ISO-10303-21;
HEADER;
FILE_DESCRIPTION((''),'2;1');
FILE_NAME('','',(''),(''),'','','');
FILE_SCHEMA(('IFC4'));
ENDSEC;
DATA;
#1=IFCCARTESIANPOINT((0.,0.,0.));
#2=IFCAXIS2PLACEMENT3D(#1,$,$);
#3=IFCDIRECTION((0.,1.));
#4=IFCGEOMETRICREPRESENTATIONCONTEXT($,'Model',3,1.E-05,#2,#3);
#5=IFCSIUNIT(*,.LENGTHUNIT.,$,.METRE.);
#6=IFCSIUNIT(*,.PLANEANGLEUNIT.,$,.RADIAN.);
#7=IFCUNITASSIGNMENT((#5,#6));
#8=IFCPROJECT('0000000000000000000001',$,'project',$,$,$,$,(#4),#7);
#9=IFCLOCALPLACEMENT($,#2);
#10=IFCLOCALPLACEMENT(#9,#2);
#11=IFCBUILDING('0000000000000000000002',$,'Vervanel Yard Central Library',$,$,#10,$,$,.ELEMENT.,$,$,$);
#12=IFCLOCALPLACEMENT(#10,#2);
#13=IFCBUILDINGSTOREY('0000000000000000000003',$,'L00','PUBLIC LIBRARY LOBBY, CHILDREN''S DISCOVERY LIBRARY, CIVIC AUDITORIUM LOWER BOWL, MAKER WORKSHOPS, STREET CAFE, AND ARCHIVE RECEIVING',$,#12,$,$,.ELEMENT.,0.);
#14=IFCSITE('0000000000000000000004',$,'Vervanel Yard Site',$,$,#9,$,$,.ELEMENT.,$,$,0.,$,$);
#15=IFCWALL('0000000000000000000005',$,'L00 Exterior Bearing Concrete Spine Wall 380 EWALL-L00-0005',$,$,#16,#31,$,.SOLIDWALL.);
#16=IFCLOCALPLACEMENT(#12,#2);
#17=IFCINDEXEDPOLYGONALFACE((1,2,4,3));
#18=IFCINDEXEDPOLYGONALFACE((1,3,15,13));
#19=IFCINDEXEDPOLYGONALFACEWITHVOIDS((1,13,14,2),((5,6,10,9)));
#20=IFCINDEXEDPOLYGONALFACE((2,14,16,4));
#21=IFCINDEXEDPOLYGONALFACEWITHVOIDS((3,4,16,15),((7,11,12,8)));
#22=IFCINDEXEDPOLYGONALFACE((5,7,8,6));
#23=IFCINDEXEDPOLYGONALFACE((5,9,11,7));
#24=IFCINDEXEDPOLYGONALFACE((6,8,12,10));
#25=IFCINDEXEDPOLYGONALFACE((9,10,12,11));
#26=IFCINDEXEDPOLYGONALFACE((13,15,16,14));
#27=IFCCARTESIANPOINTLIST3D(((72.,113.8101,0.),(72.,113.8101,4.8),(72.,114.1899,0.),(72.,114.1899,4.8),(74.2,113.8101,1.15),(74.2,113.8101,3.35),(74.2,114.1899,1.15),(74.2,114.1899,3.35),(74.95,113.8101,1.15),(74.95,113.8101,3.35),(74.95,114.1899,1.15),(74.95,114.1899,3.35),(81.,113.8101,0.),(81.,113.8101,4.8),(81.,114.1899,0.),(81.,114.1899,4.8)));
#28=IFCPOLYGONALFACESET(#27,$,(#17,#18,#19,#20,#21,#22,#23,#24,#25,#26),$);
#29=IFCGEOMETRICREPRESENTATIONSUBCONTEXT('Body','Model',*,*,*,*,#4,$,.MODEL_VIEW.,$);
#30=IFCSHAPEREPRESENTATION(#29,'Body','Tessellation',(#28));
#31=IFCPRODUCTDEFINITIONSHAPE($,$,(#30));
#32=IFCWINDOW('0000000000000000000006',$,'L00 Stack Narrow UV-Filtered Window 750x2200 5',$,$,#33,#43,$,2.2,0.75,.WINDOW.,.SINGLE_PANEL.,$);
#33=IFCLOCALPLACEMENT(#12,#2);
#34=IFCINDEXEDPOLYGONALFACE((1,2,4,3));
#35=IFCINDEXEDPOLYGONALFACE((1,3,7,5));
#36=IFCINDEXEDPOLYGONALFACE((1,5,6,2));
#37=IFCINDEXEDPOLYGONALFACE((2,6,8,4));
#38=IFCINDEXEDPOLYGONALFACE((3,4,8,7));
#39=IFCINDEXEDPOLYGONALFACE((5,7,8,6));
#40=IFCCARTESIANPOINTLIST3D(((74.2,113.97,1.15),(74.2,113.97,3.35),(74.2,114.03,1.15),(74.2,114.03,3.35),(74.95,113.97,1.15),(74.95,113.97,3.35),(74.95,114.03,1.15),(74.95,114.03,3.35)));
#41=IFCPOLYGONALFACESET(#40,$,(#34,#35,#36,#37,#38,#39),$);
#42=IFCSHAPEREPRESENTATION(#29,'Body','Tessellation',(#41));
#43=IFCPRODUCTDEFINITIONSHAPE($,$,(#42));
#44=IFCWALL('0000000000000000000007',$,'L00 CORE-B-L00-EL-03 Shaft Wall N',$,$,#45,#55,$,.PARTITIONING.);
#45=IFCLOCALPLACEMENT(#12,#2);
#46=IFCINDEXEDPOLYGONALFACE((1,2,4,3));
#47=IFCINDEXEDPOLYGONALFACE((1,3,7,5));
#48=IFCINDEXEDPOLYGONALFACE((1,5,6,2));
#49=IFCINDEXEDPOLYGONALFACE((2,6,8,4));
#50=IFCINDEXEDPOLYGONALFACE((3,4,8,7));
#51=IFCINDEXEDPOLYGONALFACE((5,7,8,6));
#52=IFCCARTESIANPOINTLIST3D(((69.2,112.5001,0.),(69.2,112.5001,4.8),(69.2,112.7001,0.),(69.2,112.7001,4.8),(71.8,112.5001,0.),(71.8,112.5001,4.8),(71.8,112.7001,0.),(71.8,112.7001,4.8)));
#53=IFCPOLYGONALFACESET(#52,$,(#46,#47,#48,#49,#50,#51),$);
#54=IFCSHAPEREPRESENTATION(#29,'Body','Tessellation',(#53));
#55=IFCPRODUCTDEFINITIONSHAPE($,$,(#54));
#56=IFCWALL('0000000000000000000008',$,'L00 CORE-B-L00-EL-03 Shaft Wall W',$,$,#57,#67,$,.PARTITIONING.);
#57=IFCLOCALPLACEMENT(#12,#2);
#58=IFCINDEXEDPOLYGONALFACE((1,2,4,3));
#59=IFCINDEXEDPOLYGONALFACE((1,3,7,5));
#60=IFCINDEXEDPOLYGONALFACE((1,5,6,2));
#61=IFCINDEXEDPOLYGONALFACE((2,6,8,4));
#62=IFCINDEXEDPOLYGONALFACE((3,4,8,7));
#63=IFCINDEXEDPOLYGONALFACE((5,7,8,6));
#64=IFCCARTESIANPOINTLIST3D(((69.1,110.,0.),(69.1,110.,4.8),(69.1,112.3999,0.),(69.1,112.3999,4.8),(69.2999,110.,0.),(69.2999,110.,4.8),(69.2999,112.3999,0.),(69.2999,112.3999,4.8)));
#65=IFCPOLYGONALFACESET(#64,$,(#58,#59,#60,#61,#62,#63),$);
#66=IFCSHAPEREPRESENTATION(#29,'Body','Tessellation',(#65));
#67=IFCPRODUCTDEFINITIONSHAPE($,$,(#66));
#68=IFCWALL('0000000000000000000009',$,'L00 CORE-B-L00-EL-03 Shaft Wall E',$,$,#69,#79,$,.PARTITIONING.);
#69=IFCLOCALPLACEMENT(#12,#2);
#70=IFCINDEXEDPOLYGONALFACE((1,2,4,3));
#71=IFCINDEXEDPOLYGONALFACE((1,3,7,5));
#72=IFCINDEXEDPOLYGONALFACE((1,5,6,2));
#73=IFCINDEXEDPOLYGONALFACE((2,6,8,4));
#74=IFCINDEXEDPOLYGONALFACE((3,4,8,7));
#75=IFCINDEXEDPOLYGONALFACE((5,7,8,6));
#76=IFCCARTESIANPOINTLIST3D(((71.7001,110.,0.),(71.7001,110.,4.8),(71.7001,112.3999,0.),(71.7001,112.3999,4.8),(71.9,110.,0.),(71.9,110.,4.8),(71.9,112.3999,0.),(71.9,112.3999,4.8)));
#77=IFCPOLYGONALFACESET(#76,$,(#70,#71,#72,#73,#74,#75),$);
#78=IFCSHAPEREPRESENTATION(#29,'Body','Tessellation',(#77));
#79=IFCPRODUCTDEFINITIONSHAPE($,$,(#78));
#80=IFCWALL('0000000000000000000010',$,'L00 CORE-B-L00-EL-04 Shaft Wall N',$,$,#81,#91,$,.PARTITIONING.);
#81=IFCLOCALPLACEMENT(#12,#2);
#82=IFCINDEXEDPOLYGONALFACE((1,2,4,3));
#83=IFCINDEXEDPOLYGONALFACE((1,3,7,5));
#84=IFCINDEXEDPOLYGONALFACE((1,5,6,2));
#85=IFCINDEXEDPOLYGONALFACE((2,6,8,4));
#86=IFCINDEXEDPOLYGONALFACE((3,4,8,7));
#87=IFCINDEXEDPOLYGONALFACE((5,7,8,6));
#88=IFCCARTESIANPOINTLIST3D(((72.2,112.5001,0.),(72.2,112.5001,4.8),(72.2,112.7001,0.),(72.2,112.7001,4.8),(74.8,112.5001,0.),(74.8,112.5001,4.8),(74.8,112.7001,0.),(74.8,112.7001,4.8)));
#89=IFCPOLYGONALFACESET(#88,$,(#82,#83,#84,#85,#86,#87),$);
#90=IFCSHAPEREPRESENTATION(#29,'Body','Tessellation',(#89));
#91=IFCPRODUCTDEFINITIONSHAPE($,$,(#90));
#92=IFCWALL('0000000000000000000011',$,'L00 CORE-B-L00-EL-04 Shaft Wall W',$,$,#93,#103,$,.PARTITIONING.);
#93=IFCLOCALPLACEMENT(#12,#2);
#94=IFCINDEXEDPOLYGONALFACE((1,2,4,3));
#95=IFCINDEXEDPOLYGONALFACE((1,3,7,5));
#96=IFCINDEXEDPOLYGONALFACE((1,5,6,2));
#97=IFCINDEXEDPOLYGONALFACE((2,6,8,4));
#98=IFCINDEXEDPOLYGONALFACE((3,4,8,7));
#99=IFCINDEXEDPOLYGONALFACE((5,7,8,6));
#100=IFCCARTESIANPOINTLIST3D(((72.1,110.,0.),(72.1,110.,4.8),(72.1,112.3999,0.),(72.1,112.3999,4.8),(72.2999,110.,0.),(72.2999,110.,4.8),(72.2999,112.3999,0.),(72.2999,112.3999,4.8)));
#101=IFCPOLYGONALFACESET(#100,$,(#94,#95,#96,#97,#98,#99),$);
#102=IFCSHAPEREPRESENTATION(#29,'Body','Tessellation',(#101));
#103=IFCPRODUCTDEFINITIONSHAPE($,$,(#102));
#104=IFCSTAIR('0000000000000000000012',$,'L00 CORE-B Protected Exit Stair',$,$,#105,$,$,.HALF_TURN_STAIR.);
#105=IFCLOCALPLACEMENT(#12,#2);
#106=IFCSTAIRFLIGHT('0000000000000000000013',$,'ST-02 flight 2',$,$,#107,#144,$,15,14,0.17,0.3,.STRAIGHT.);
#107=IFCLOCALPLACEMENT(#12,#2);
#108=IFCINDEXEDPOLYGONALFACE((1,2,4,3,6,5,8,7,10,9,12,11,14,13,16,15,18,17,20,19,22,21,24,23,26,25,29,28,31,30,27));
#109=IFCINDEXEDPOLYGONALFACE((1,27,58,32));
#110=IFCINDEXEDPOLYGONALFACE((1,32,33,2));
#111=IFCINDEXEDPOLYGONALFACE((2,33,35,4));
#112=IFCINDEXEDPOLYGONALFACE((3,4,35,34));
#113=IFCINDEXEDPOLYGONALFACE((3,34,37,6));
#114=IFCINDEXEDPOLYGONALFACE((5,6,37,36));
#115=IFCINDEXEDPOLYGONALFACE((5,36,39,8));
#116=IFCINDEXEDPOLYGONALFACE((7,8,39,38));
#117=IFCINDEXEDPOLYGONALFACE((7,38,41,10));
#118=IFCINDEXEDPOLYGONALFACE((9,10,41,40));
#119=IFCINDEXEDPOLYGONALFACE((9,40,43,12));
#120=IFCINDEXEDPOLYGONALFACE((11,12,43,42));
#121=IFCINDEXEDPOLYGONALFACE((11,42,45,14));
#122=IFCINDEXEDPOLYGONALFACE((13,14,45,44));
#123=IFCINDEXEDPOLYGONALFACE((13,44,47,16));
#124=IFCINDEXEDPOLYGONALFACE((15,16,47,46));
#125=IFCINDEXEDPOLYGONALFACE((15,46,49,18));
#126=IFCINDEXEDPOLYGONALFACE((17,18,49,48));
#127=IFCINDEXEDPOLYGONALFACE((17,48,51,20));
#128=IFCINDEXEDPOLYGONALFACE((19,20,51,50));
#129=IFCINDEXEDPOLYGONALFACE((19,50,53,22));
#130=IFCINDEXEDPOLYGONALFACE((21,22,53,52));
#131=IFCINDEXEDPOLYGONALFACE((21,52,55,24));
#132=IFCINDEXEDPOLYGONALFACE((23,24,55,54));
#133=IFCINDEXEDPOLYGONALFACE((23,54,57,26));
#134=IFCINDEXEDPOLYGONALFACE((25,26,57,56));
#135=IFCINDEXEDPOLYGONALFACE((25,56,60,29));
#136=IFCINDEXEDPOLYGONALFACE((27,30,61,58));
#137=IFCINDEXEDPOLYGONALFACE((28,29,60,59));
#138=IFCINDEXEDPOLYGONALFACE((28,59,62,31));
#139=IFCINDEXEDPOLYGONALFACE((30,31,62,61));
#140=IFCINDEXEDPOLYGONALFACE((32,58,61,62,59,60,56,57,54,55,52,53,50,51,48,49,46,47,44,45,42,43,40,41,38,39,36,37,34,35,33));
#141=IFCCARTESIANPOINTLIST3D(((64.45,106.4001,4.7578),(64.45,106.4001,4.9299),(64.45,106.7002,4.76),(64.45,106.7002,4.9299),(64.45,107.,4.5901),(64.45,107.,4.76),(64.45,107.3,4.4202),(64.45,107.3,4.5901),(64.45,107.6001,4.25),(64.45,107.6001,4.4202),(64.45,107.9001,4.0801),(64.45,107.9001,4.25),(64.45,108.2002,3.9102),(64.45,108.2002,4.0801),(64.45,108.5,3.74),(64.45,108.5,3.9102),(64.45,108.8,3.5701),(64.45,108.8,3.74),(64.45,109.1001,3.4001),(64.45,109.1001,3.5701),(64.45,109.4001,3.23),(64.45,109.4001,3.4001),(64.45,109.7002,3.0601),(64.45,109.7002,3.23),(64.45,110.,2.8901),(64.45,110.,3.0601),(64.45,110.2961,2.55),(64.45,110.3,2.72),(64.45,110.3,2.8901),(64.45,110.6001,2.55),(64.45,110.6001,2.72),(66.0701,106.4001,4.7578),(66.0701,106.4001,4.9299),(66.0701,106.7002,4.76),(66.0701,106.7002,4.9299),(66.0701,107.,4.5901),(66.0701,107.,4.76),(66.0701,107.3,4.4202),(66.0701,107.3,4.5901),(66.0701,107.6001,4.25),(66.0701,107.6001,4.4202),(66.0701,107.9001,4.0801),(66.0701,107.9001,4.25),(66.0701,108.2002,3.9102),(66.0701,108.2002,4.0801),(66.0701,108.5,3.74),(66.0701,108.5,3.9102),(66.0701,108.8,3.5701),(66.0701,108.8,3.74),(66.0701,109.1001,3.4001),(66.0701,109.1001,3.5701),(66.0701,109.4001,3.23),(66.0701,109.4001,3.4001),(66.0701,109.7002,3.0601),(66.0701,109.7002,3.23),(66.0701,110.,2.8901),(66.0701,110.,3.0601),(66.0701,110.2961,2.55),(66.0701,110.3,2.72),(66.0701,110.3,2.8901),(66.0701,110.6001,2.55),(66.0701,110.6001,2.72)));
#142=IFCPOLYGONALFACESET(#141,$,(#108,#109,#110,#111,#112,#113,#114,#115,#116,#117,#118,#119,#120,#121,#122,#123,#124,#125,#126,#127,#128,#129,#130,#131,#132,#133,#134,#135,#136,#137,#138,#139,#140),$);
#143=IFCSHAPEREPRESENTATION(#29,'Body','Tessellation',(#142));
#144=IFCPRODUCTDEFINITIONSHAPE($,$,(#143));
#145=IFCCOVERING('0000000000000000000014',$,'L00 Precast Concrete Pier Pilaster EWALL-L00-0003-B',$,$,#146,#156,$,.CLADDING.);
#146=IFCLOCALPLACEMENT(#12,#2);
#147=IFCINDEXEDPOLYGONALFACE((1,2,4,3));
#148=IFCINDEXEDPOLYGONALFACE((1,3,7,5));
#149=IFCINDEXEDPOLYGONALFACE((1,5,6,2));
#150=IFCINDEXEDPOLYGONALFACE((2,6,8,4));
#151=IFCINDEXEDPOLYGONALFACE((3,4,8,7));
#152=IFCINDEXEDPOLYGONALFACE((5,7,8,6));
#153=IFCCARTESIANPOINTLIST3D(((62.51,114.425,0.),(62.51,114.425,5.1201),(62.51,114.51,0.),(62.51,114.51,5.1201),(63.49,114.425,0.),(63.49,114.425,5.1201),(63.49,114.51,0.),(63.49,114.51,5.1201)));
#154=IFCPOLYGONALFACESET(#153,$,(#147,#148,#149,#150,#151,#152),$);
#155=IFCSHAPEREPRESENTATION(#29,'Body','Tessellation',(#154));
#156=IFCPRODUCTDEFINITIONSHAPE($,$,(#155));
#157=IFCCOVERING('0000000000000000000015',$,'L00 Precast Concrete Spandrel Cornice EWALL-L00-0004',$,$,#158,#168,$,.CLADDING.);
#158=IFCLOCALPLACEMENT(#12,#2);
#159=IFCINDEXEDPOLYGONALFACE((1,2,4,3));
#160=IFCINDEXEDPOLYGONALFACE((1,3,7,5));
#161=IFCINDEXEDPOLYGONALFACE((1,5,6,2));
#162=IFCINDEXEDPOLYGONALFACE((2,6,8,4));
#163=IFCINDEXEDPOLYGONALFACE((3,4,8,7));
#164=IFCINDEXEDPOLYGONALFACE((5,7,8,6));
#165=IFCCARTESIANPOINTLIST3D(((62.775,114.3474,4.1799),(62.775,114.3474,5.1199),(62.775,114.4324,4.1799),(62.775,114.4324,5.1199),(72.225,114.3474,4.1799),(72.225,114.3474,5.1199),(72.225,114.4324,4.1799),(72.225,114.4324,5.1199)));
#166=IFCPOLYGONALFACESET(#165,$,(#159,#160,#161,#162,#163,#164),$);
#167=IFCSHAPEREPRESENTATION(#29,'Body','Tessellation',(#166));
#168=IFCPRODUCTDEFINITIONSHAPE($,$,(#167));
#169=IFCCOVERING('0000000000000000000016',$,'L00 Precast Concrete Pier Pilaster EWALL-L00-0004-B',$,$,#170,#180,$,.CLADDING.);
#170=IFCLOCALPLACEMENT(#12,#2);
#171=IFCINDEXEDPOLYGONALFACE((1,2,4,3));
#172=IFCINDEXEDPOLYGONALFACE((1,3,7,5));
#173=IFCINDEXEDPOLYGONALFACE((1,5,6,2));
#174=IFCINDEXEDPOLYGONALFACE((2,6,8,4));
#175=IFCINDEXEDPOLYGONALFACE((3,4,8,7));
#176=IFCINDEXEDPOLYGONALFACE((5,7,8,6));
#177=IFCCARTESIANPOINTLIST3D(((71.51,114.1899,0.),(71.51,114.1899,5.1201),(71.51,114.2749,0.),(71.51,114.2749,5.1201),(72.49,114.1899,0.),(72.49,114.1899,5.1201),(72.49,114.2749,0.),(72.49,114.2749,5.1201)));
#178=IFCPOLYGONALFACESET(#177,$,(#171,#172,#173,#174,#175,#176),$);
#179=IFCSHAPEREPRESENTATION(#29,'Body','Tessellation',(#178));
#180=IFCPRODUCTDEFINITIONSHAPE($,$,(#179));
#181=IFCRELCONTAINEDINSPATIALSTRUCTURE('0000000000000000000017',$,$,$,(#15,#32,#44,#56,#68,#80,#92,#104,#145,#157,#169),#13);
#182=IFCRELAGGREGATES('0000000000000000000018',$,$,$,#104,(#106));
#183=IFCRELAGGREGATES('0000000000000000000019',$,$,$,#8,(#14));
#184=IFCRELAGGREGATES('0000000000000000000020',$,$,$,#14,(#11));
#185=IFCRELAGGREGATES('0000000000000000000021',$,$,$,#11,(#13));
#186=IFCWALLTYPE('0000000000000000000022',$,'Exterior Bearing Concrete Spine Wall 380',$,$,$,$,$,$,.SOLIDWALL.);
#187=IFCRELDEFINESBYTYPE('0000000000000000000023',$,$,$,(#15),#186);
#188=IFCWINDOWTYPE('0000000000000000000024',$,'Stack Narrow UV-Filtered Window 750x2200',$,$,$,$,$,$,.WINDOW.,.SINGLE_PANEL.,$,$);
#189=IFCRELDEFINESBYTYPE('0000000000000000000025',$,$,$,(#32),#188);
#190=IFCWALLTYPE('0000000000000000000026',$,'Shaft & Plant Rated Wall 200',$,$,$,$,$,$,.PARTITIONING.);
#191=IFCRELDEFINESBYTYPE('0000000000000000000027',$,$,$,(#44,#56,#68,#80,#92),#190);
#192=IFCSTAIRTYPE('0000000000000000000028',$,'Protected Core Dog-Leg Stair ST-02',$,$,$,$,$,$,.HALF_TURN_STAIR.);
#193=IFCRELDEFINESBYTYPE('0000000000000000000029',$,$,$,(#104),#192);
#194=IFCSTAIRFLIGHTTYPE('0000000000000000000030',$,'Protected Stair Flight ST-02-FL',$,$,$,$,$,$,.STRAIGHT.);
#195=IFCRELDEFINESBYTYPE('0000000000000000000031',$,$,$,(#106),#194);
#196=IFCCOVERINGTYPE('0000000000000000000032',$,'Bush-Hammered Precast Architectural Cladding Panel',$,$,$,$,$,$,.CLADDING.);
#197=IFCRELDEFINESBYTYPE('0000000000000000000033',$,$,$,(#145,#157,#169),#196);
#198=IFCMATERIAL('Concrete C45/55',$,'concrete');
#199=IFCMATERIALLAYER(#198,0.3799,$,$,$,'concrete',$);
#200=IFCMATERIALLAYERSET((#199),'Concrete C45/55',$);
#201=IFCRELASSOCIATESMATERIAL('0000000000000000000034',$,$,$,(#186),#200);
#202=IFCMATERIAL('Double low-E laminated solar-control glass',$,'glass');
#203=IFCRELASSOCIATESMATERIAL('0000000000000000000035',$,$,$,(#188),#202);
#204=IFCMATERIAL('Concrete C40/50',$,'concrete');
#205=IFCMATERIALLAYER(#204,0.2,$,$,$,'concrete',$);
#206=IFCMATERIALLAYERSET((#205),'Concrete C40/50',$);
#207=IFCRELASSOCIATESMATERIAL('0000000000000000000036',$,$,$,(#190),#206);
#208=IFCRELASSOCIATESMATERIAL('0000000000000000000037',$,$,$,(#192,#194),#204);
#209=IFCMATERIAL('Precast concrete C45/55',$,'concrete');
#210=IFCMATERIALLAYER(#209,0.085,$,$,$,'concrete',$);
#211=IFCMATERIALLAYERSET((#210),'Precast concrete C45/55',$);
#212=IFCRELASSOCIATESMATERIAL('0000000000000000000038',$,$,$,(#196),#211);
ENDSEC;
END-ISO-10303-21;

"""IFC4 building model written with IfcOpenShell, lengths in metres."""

from ifc_helpers import new_model, si_unit, direction, frame, frame_2d, origin, origin_2d, place, context, subcontext, project, spatial, polyline, rectangle, outline, extrude, material, layer, layer_set, type_object, element, fill, aggregate, save


model = new_model("IFC4")

# Units and contexts
model_context = context("Model", 3, precision=1e-05, world=origin(), true_north=direction((0.0, 1.0)))
body_context = subcontext(model_context, "Body", "Model", "MODEL_VIEW")
ifc_project = project(units=[si_unit("LENGTHUNIT", "METRE"), si_unit("PLANEANGLEUNIT", "RADIAN")], contexts=[model_context])

# Site, building, storey
site_placement = place(None, origin())
site = spatial("IfcSite", under=ifc_project, at=site_placement, Name="Vervanel Yard Site", CompositionType="ELEMENT", RefElevation=0.0)
building_placement = place(site_placement, origin())
building = spatial("IfcBuilding", under=site, at=building_placement, Name="Vervanel Yard Central Library", CompositionType="ELEMENT")
storey_placement = place(building_placement, origin())
storey = spatial("IfcBuildingStorey", under=building, at=storey_placement, Name="L00", Description="PUBLIC LIBRARY LOBBY, CHILDREN'S DISCOVERY LIBRARY, CIVIC AUDITORIUM LOWER BOWL, MAKER WORKSHOPS, STREET CAFE, AND ARCHIVE RECEIVING", CompositionType="ELEMENT", Elevation=0.0)

# Shared definitions
ifc_material_1 = material(Name="Concrete C40/50", Category="concrete")

# Shared definitions
ifc_material_2 = material(Name="Concrete C45/55", Category="concrete")
ifc_layer_1 = layer(ifc_material_2, 0.3799, Category="concrete")
ifc_layer_set_1 = layer_set([ifc_layer_1], Name="Concrete C45/55")
wall_type_1 = type_object("IfcWallType", Name="Exterior Bearing Concrete Spine Wall 380", PredefinedType="SOLIDWALL", material=ifc_layer_set_1)

# Wall, opening, window
wall_1_placement = place(storey_placement, frame((72.0, 114.0, 0.0), z_axis=(0.0, 0.0, 1.0), x_axis=(1.0, 0.0, 0.0)))
wall_1 = element("IfcWall", 1, at=wall_1_placement, inside=storey, type_object=wall_type_1, Name="L00 Exterior Bearing Concrete Spine Wall 380 EWALL-L00-0005", PredefinedType="SOLIDWALL", context=body_context, shape_type="SweptSolid", body=[
    extrude(rectangle(XDim=9.0, YDim=0.3799, at=frame_2d((4.5, 0.0))), origin(), (0.0, 0.0, 1.0), 4.8),
])
opening_1_placement = place(wall_1_placement, frame((2.2, 0.0, 1.1499)))
opening_1 = element("IfcOpeningElement", 2, at=opening_1_placement, cuts=wall_1, PredefinedType="OPENING", context=body_context, shape_type="SweptSolid", body=[
    extrude(rectangle(XDim=0.75, YDim=2.2, at=frame_2d((0.375, 1.1001))), frame((0.0, 0.2, 0.0), z_axis=(0.0, -1.0, 0.0), x_axis=(1.0, 0.0, 0.0)), (0.0, 0.0, 1.0), 0.3999),
])
ifc_material_3 = material(Name="Double low-E laminated solar-control glass", Category="glass")
window_type = type_object("IfcWindowType", Name="Stack Narrow UV-Filtered Window 750x2200", PartitioningType="SINGLE_PANEL", PredefinedType="WINDOW", material=ifc_material_3)
window_placement = place(opening_1_placement, origin())
window = element("IfcWindow", 3, at=window_placement, inside=storey, type_object=window_type, Name="L00 Stack Narrow UV-Filtered Window 750x2200 5", OverallHeight=2.2, OverallWidth=0.75, PartitioningType="SINGLE_PANEL", PredefinedType="WINDOW", context=body_context, shape_type="SweptSolid", body=[
    extrude(rectangle(XDim=0.75, YDim=2.2, at=frame_2d((0.375, 1.1001))), frame((0.0, 0.03, 0.0), z_axis=(0.0, -1.0, 0.0), x_axis=(1.0, 0.0, 0.0)), (0.0, 0.0, 1.0), 0.0601),
])
fill(opening_1, window)

# Shared definitions
ifc_layer_2 = layer(ifc_material_1, 0.2, Category="concrete")
ifc_layer_set_2 = layer_set([ifc_layer_2], Name="Concrete C40/50")
wall_type_2 = type_object("IfcWallType", Name="Shaft & Plant Rated Wall 200", PredefinedType="PARTITIONING", material=ifc_layer_set_2)

# Walls
wall_2_placement = place(storey_placement, frame((69.2, 112.6001, 0.0), z_axis=(0.0, 0.0, 1.0), x_axis=(1.0, 0.0, 0.0)))
element("IfcWall", 4, at=wall_2_placement, inside=storey, type_object=wall_type_2, Name="L00 CORE-B-L00-EL-03 Shaft Wall N", PredefinedType="PARTITIONING", context=body_context, shape_type="SweptSolid", body=[
    extrude(rectangle(XDim=2.6001, YDim=0.2, at=frame_2d((1.3, 0.0))), origin(), (0.0, 0.0, 1.0), 4.8),
])
for number, where, z_axis, x_axis, name in (
    (5, (69.2, 110.0, 0.0), (0.0, 0.0, 1.0), (0.0, 1.0, 0.0), "L00 CORE-B-L00-EL-03 Shaft Wall W"),
    (6, (71.8, 110.0, 0.0), (0.0, 0.0, 1.0), (0.0, 1.0, 0.0), "L00 CORE-B-L00-EL-03 Shaft Wall E"),
):
    element("IfcWall", number, at=place(storey_placement, frame(where, z_axis=z_axis, x_axis=x_axis)), inside=storey, type_object=wall_type_2, Name=name, PredefinedType="PARTITIONING", context=body_context, shape_type="SweptSolid", body=[
        extrude(rectangle(XDim=2.3999, YDim=0.2, at=frame_2d((1.2, 0.0))), origin(), (0.0, 0.0, 1.0), 4.8),
    ])

# Walls
wall_3_placement = place(storey_placement, frame((72.2, 112.6001, 0.0), z_axis=(0.0, 0.0, 1.0), x_axis=(1.0, 0.0, 0.0)))
element("IfcWall", 7, at=wall_3_placement, inside=storey, type_object=wall_type_2, Name="L00 CORE-B-L00-EL-04 Shaft Wall N", PredefinedType="PARTITIONING", context=body_context, shape_type="SweptSolid", body=[
    extrude(rectangle(XDim=2.6001, YDim=0.2, at=frame_2d((1.3, 0.0))), origin(), (0.0, 0.0, 1.0), 4.8),
])
wall_4_placement = place(storey_placement, frame((72.2, 110.0, 0.0), z_axis=(0.0, 0.0, 1.0), x_axis=(0.0, 1.0, 0.0)))
element("IfcWall", 8, at=wall_4_placement, inside=storey, type_object=wall_type_2, Name="L00 CORE-B-L00-EL-04 Shaft Wall W", PredefinedType="PARTITIONING", context=body_context, shape_type="SweptSolid", body=[
    extrude(rectangle(XDim=2.3999, YDim=0.2, at=frame_2d((1.2, 0.0))), origin(), (0.0, 0.0, 1.0), 4.8),
])

# Stair, stair flight
stair_type = type_object("IfcStairType", Name="Protected Core Dog-Leg Stair ST-02", PredefinedType="HALF_TURN_STAIR", material=ifc_material_1)
stair_placement = place(storey_placement, origin())
stair = element("IfcStair", 9, at=stair_placement, inside=storey, type_object=stair_type, Name="L00 CORE-B Protected Exit Stair", PredefinedType="HALF_TURN_STAIR")
stair_flight_type = type_object("IfcStairFlightType", Name="Protected Stair Flight ST-02-FL", PredefinedType="STRAIGHT", material=ifc_material_1)
stair_flight_placement = place(storey_placement, frame((65.26, 110.6001, 2.55), z_axis=(0.0, 0.0, 1.0), x_axis=(0.0, -1.0, 0.0)))
stair_flight = element("IfcStairFlight", 10, at=stair_flight_placement, type_object=stair_flight_type, Name="ST-02 flight 2", NumberOfRisers=15, NumberOfTreads=14, PredefinedType="STRAIGHT", RiserHeight=0.17, TreadLength=0.3, context=body_context, shape_type="SweptSolid", body=[
    extrude(outline(polyline([(0.0, 0.0), (0.0, 0.1699), (0.3, 0.1699), (0.3, 0.3401), (0.6001, 0.3401), (0.6001, 0.51), (0.8999, 0.51), (0.8999, 0.6799), (1.2, 0.6799), (1.2, 0.8501), (1.5, 0.8501), (1.5, 1.02), (1.8, 1.02), (1.8, 1.1899), (2.1001, 1.1899), (2.1001, 1.3601), (2.3999, 1.3601), (2.3999, 1.53), (2.7, 1.53), (2.7, 1.7), (3.0, 1.7), (3.0, 1.8701), (3.3, 1.8701), (3.3, 2.04), (3.6001, 2.04), (3.6001, 2.21), (3.8999, 2.21), (3.8999, 2.3799), (4.2, 2.3799), (4.2, 2.55), (4.2, 2.2078), (0.304, 0.0), (0.0, 0.0)])), frame((0.0, 0.8101, 0.0), z_axis=(0.0, -1.0, 0.0), x_axis=(1.0, 0.0, 0.0)), (0.0, 0.0, 1.0), 1.6201),
])
aggregate(stair, [stair_flight])

# Coverings
ifc_material_4 = material(Name="Precast concrete C45/55", Category="concrete")
ifc_layer_3 = layer(ifc_material_4, 0.085, Category="concrete")
ifc_layer_set_3 = layer_set([ifc_layer_3], Name="Precast concrete C45/55")
covering_type = type_object("IfcCoveringType", Name="Bush-Hammered Precast Architectural Cladding Panel", PredefinedType="CLADDING", material=ifc_layer_set_3)
covering_1_placement = place(storey_placement, frame((63.0, 114.4675, 0.0), z_axis=(0.0, 0.0, 1.0), x_axis=(1.0, 0.0, 0.0)))
element("IfcCovering", 11, at=covering_1_placement, inside=storey, type_object=covering_type, Name="L00 Precast Concrete Pier Pilaster EWALL-L00-0003-B", PredefinedType="CLADDING", context=body_context, shape_type="SweptSolid", body=[
    extrude(rectangle(XDim=0.98, YDim=0.085, at=origin_2d()), origin(), (0.0, 0.0, 1.0), 5.1201),
])
covering_2_placement = place(storey_placement, frame((67.5, 114.3899, 4.1799), z_axis=(0.0, 0.0, 1.0), x_axis=(1.0, 0.0, 0.0)))
element("IfcCovering", 12, at=covering_2_placement, inside=storey, type_object=covering_type, Name="L00 Precast Concrete Spandrel Cornice EWALL-L00-0004", PredefinedType="CLADDING", context=body_context, shape_type="SweptSolid", body=[
    extrude(rectangle(XDim=9.45, YDim=0.085, at=origin_2d()), origin(), (0.0, 0.0, 1.0), 0.9399),
])
covering_3_placement = place(storey_placement, frame((72.0, 114.2324, 0.0), z_axis=(0.0, 0.0, 1.0), x_axis=(1.0, 0.0, 0.0)))
element("IfcCovering", 13, at=covering_3_placement, inside=storey, type_object=covering_type, Name="L00 Precast Concrete Pier Pilaster EWALL-L00-0004-B", PredefinedType="CLADDING", context=body_context, shape_type="SweptSolid", body=[
    extrude(rectangle(XDim=0.98, YDim=0.085, at=origin_2d()), origin(), (0.0, 0.0, 1.0), 5.1201),
])

save(model, "model.ifc")
